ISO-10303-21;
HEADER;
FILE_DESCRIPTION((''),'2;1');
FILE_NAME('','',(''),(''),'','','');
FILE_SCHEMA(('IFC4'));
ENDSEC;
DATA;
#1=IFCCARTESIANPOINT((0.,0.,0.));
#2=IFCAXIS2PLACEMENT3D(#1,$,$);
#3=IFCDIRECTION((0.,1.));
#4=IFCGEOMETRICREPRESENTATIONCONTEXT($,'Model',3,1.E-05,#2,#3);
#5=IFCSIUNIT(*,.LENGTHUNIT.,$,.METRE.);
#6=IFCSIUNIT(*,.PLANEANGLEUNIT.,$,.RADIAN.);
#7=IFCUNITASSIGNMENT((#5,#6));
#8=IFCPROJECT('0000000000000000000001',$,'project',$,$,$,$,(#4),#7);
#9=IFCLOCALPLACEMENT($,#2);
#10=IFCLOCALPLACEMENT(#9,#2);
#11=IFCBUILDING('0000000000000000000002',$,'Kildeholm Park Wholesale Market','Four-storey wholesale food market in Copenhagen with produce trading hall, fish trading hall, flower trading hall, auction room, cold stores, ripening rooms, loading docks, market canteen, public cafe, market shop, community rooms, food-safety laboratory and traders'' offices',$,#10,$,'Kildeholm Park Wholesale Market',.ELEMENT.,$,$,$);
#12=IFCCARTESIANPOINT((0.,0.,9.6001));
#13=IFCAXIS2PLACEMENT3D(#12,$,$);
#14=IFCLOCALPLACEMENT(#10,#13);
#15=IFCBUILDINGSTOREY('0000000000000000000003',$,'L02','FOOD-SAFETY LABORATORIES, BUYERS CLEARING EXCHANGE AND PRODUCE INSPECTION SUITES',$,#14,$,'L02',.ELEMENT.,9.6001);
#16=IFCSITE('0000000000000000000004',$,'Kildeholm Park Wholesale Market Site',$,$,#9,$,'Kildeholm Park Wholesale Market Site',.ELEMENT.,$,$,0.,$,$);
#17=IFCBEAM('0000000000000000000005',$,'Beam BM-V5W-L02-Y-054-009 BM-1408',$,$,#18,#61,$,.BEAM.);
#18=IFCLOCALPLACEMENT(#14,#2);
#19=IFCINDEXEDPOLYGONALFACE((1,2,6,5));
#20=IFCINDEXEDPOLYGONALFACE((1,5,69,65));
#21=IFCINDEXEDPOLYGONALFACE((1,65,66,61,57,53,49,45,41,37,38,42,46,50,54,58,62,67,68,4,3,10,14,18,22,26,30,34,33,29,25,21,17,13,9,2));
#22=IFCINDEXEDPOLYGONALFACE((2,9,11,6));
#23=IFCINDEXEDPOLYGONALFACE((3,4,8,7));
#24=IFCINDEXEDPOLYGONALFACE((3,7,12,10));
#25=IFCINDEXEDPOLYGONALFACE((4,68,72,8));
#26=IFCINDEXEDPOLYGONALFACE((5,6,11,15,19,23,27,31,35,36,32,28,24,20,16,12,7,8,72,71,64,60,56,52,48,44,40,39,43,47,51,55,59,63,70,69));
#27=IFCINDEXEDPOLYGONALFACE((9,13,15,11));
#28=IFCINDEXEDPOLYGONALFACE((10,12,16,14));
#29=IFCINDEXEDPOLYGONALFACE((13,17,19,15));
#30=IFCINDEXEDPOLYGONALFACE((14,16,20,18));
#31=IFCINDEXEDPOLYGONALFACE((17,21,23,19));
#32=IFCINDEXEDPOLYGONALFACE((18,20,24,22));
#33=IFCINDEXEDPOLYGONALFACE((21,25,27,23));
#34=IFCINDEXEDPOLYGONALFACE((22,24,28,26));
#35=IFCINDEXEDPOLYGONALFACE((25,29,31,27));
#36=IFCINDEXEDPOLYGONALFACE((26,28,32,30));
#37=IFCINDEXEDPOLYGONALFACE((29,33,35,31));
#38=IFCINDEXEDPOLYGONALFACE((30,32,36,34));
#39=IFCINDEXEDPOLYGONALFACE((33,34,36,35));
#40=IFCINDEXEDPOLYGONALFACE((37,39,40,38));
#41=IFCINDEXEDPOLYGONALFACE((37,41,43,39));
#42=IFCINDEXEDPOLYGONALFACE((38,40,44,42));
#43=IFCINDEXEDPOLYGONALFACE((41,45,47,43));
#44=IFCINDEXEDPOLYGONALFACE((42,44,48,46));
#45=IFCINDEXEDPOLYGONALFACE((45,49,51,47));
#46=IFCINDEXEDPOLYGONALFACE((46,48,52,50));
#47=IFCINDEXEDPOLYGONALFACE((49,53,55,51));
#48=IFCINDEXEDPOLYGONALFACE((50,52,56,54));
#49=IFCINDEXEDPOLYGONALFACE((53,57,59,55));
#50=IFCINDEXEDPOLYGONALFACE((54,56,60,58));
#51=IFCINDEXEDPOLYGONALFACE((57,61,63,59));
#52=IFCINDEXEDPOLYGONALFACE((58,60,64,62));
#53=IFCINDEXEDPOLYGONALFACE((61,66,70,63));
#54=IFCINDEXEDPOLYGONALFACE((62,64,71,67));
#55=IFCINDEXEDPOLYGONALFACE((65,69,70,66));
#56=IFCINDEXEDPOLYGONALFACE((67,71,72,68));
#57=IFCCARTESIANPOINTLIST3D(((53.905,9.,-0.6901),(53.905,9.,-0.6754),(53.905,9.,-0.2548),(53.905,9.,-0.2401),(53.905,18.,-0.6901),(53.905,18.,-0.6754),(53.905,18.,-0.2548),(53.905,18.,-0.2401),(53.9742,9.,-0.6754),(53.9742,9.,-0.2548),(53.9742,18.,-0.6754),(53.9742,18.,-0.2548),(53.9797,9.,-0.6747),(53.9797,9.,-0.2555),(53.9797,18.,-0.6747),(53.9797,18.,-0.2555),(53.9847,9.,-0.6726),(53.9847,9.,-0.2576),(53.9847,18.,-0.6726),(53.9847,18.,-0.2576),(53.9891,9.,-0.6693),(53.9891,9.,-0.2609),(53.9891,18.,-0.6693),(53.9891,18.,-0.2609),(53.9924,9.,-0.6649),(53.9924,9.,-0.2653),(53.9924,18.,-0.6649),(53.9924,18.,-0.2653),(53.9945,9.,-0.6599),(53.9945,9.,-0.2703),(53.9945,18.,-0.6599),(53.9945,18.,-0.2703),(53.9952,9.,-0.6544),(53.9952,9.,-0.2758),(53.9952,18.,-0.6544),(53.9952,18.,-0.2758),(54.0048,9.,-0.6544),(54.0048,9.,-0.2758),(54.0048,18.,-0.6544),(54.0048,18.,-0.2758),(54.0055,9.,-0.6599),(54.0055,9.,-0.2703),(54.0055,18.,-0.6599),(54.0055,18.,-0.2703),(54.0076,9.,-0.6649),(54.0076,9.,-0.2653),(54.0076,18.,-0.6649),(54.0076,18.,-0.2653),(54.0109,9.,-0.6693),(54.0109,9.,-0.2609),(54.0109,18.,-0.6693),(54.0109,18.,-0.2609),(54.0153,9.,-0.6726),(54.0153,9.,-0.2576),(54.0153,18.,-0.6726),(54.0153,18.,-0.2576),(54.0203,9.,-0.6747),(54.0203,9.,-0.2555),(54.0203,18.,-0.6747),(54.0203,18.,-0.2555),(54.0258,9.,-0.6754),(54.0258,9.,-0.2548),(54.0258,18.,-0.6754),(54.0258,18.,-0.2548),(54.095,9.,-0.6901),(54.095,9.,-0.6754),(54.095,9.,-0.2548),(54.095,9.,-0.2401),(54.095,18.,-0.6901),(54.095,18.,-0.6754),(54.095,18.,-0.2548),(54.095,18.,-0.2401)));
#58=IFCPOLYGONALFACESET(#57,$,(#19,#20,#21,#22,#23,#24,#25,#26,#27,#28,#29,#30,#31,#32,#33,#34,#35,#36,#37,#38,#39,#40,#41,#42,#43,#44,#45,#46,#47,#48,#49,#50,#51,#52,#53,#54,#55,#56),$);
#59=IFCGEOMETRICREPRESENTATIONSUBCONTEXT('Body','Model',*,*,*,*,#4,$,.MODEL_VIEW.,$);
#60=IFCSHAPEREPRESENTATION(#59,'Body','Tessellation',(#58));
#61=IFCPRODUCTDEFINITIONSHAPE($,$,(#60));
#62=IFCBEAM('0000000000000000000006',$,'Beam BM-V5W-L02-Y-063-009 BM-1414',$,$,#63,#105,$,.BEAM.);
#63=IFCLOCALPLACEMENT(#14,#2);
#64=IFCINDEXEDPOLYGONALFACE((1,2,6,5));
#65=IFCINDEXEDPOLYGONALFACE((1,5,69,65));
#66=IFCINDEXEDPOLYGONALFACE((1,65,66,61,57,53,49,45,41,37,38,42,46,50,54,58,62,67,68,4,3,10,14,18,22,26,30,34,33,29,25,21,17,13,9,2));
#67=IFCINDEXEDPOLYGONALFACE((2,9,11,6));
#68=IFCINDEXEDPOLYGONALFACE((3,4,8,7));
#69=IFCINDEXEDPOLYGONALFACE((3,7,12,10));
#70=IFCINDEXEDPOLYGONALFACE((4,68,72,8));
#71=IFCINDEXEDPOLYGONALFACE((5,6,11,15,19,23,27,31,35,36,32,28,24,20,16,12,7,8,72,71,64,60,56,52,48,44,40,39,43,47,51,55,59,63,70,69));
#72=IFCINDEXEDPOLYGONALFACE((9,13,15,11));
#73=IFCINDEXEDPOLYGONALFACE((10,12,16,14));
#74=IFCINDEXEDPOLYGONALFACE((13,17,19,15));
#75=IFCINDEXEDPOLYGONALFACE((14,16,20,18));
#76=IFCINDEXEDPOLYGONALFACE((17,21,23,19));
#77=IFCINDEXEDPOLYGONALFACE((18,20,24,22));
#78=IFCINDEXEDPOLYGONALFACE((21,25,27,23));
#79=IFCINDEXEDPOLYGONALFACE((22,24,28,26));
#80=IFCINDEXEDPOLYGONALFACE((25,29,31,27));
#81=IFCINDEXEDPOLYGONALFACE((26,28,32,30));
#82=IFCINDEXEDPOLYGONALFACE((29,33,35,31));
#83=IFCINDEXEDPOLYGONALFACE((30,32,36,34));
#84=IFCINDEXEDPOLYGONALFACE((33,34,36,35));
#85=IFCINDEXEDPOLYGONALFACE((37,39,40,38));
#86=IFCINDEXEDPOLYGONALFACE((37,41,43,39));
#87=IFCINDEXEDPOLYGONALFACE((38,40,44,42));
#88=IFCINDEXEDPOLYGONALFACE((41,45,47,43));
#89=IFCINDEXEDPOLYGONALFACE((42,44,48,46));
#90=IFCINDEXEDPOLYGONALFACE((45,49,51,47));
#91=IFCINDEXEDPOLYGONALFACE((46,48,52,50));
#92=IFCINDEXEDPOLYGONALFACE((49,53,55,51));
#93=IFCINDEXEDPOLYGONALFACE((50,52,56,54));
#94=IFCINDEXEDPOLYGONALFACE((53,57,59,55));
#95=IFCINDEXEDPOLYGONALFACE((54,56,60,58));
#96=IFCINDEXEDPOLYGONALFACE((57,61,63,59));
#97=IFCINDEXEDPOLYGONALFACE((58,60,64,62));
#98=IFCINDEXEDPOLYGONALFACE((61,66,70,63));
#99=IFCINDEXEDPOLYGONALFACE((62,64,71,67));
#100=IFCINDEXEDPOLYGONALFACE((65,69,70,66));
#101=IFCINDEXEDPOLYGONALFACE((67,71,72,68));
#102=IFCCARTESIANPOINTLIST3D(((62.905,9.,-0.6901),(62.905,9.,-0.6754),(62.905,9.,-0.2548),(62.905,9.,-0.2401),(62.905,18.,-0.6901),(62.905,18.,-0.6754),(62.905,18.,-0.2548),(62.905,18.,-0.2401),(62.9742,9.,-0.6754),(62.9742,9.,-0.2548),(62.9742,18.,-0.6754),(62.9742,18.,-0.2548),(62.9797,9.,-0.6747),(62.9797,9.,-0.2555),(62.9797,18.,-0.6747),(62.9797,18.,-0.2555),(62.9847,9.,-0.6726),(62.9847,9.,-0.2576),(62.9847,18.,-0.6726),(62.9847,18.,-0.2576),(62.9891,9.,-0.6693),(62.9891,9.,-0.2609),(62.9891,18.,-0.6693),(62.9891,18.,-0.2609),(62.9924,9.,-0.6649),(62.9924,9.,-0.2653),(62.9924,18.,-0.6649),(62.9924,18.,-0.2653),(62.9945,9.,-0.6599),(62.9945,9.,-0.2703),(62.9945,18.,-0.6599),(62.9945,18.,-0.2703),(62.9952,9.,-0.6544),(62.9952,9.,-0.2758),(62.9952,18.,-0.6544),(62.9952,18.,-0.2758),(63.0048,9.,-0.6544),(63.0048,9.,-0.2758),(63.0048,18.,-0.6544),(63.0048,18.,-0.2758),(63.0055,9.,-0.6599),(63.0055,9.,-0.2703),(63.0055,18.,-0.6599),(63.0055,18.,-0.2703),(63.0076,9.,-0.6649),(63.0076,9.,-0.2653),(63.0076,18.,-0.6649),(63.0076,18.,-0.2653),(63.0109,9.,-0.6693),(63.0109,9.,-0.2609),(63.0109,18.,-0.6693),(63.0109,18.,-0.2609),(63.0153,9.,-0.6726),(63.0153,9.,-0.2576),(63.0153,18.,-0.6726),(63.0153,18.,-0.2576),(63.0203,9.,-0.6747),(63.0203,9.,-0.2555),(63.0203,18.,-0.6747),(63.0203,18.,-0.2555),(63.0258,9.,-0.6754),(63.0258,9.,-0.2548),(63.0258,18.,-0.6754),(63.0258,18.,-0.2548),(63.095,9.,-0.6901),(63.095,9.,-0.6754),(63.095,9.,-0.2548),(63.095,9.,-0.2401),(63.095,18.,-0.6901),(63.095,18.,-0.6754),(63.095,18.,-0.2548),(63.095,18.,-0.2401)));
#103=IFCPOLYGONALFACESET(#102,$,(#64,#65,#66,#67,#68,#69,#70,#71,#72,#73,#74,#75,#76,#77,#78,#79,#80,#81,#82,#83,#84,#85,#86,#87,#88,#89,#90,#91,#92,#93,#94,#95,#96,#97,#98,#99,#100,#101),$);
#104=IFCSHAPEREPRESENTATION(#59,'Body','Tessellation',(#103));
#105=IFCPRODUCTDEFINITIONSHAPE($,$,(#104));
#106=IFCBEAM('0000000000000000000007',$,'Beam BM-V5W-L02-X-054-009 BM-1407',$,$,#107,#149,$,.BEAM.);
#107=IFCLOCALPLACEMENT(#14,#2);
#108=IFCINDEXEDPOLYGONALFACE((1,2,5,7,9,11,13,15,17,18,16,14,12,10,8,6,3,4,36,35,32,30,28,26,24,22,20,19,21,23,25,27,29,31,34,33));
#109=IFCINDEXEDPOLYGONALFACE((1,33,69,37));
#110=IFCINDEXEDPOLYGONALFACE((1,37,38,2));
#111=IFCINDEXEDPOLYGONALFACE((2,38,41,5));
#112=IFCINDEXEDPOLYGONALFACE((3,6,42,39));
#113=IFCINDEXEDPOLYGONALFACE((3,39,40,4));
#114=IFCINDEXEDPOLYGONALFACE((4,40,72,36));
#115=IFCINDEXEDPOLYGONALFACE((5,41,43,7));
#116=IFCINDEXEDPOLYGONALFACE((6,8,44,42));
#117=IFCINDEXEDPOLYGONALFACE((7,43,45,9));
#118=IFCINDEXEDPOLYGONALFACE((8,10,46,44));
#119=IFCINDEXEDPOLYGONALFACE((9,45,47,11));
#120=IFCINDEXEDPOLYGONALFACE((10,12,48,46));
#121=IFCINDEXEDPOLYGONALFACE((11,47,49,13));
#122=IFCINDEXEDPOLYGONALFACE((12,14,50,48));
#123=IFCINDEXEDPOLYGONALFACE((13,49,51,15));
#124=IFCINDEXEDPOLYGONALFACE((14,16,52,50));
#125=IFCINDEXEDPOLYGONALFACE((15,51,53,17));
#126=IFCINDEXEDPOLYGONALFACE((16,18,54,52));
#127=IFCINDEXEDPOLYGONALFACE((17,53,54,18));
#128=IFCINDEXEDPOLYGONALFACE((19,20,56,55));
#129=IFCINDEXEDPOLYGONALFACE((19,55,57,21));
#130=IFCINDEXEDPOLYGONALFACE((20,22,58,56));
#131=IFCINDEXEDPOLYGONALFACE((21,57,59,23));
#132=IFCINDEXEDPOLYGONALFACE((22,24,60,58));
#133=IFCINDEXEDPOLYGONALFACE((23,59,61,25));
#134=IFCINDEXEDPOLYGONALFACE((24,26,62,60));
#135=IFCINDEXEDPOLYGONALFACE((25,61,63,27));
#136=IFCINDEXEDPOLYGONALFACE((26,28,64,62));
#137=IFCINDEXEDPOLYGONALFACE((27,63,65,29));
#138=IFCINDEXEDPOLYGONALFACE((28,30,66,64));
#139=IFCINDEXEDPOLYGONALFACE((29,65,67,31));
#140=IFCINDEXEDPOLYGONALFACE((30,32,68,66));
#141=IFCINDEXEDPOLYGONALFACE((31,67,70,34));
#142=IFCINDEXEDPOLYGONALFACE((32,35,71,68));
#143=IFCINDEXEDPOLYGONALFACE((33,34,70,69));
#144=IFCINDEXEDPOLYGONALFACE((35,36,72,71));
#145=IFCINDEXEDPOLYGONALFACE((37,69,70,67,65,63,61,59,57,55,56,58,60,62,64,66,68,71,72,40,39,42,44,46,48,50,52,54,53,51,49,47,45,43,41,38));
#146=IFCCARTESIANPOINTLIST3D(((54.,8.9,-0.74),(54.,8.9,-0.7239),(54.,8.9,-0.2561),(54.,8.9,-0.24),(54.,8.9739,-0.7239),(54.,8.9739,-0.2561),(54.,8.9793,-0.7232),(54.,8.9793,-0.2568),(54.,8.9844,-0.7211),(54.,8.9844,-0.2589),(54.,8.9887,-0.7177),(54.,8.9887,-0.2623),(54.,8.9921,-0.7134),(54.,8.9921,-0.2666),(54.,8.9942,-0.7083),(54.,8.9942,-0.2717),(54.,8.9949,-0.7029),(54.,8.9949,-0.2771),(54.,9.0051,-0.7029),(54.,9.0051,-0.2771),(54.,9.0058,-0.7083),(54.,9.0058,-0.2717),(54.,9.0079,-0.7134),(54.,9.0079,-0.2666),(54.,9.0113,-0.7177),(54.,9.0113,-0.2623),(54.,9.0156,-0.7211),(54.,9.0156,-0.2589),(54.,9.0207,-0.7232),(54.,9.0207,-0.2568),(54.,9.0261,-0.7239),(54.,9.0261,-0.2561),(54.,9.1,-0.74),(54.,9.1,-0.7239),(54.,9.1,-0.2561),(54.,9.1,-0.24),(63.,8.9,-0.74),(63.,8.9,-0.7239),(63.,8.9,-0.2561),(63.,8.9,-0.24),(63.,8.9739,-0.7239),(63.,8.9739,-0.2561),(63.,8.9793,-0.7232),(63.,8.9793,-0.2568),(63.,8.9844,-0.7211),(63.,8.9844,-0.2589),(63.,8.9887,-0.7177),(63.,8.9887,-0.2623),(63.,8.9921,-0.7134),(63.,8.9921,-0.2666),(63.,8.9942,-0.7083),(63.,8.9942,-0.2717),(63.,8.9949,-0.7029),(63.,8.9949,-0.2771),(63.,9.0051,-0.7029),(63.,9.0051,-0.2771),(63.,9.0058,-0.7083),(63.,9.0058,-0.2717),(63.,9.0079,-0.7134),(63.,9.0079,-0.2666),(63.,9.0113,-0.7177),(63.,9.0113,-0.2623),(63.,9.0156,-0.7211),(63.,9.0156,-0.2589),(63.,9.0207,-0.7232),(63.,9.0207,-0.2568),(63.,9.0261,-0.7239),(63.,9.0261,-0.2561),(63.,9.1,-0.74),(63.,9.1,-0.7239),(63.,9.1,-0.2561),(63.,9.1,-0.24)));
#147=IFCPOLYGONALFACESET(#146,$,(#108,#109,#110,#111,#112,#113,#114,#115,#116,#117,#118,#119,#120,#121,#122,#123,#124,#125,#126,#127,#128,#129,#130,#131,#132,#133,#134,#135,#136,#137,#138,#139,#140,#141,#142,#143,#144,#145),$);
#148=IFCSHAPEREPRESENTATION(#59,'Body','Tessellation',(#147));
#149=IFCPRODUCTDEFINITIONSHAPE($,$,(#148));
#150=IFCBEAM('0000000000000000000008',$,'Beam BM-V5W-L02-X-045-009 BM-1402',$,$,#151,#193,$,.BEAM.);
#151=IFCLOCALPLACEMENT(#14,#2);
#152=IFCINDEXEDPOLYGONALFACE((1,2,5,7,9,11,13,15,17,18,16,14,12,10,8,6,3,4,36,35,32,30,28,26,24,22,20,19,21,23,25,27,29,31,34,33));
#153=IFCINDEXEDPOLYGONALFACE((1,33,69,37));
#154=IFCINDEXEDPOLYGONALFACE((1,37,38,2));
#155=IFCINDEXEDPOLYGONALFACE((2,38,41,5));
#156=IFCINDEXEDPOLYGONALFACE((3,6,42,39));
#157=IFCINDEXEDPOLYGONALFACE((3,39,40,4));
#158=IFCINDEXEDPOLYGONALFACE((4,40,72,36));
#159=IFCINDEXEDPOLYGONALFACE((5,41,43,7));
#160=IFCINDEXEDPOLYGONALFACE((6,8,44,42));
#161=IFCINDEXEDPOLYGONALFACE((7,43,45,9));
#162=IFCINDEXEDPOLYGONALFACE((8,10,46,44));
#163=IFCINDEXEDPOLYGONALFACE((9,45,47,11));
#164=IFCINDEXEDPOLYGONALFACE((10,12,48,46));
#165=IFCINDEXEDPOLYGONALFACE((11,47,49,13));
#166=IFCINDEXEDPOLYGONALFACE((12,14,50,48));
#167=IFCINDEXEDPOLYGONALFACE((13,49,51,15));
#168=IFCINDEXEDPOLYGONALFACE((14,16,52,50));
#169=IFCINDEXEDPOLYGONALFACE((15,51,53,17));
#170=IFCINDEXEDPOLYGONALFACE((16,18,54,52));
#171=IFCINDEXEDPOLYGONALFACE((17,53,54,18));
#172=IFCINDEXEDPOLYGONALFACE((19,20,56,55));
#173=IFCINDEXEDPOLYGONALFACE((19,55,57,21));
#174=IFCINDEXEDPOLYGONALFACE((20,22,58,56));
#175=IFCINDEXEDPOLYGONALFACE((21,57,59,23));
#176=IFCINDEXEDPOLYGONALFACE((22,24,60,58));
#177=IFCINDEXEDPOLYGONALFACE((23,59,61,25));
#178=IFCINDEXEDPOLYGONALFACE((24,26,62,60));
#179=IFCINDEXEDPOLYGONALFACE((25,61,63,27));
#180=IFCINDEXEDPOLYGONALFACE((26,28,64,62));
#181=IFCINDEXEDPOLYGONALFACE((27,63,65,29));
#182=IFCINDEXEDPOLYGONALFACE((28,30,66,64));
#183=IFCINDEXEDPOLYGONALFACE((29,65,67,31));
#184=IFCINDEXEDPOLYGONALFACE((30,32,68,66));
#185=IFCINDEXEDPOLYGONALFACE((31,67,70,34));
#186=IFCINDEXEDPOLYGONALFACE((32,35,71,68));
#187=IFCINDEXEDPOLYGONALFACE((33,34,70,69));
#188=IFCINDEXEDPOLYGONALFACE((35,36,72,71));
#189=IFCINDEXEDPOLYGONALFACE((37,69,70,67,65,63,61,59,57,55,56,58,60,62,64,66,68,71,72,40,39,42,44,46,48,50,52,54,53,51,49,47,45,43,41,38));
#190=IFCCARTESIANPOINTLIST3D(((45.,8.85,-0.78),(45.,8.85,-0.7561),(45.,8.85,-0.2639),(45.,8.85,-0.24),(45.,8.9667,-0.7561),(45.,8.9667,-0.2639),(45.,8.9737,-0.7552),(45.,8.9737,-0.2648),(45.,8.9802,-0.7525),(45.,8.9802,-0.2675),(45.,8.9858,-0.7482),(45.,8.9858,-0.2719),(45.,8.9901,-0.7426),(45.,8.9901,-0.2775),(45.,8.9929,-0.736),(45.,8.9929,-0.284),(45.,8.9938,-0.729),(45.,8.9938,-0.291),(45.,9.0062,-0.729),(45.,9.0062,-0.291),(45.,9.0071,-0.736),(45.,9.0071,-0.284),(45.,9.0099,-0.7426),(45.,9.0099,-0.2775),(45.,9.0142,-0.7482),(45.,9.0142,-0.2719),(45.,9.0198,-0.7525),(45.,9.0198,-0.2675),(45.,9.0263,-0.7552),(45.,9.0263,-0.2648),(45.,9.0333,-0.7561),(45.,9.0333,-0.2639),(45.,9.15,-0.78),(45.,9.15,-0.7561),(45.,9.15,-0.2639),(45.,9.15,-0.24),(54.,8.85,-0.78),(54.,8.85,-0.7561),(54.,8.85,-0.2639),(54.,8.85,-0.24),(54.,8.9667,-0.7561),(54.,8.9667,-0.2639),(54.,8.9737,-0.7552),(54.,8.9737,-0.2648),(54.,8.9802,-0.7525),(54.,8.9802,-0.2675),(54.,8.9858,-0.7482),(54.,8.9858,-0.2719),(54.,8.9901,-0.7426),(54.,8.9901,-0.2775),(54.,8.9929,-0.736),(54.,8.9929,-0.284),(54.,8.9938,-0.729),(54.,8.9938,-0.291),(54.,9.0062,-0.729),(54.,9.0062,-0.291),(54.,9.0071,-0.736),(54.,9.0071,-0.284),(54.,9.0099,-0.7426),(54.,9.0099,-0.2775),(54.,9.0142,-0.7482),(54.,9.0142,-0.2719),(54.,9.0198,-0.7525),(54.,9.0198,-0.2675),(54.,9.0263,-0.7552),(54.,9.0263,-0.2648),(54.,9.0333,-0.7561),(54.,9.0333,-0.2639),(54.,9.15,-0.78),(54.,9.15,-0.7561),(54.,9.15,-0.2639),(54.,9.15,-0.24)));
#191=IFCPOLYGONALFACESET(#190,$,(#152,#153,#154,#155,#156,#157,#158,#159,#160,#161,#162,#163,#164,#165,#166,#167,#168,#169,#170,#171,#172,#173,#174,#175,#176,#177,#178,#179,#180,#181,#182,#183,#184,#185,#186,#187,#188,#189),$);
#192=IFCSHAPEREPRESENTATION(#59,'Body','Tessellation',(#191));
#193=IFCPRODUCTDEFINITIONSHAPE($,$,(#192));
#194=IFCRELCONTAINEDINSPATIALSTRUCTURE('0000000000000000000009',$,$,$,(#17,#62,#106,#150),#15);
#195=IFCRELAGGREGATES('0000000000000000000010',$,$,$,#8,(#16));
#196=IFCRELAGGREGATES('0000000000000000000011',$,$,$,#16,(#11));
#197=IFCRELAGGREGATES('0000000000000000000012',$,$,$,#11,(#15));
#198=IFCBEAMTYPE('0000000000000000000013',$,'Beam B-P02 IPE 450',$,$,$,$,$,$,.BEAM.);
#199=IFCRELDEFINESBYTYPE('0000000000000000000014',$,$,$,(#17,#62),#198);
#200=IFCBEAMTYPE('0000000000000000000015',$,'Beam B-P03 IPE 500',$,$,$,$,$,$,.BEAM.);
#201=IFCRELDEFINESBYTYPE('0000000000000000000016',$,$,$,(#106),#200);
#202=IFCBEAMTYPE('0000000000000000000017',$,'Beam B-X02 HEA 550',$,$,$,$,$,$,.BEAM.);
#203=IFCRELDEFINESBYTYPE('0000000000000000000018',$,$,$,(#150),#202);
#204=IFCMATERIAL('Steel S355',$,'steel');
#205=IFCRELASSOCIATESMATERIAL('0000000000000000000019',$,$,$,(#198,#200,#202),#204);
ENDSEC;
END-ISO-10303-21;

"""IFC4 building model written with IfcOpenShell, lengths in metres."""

from ifc_helpers import new_model, si_unit, direction, frame, origin, origin_2d, place, context, subcontext, project, spatial, i_section, extrude, material, material_profile, profile_set, type_object, element, save


model = new_model("IFC4")

# Units and contexts
model_context = context("Model", 3, precision=1e-05, world=origin(), true_north=direction((0.0, 1.0)))
body_context = subcontext(model_context, "Body", "Model", "MODEL_VIEW")
ifc_project = project(units=[si_unit("LENGTHUNIT", "METRE"), si_unit("PLANEANGLEUNIT", "RADIAN")], contexts=[model_context])

# Site, building, storey
site_placement = place(None, origin())
site = spatial("IfcSite", under=ifc_project, at=site_placement, Name="Kildeholm Park Wholesale Market Site", LongName="Kildeholm Park Wholesale Market Site", CompositionType="ELEMENT", RefElevation=0.0)
building_placement = place(site_placement, origin())
building = spatial("IfcBuilding", under=site, at=building_placement, Name="Kildeholm Park Wholesale Market", Description="Four-storey wholesale food market in Copenhagen with produce trading hall, fish trading hall, flower trading hall, auction room, cold stores, ripening rooms, loading docks, market canteen, public cafe, market shop, community rooms, food-safety laboratory and traders' offices", LongName="Kildeholm Park Wholesale Market", CompositionType="ELEMENT")
storey_placement = place(building_placement, frame((0.0, 0.0, 9.6001)))
storey = spatial("IfcBuildingStorey", under=building, at=storey_placement, Name="L02", Description="FOOD-SAFETY LABORATORIES, BUYERS CLEARING EXCHANGE AND PRODUCE INSPECTION SUITES", LongName="L02", CompositionType="ELEMENT", Elevation=9.6001)

# Shared definitions
ifc_material_1 = material(Name="Steel S355", Category="steel")

# Beams
ifc_material_profile_1 = material_profile(ifc_material_1, i_section(OverallWidth=0.1899, OverallDepth=0.45, WebThickness=0.0095, FlangeThickness=0.0146, FilletRadius=0.021, at=origin_2d()), Name="IPE 450")
ifc_profile_set_1 = profile_set([ifc_material_profile_1], Name="Steel S355")
beam_type_1 = type_object("IfcBeamType", Name="Beam B-P02 IPE 450", PredefinedType="BEAM", material=ifc_profile_set_1)
for number, where, z_axis, x_axis, name in (
    (1, (54.0, 9.0, -0.4651), (0.0, 1.0, 0.0), (-1.0, 0.0, 0.0), "Beam BM-V5W-L02-Y-054-009 BM-1408"),
    (2, (63.0, 9.0, -0.4651), (0.0, 1.0, 0.0), (-1.0, 0.0, 0.0), "Beam BM-V5W-L02-Y-063-009 BM-1414"),
):
    element("IfcBeam", number, at=place(storey_placement, frame(where, z_axis=z_axis, x_axis=x_axis)), inside=storey, type_object=beam_type_1, Name=name, PredefinedType="BEAM", context=body_context, shape_type="SweptSolid", body=[
        extrude(i_section(OverallWidth=0.1899, OverallDepth=0.45, WebThickness=0.0095, FlangeThickness=0.0146, FilletRadius=0.021, at=origin_2d()), origin(), (0.0, 0.0, 1.0), 9.0),
    ])
ifc_material_profile_2 = material_profile(ifc_material_1, i_section(OverallWidth=0.2, OverallDepth=0.5, WebThickness=0.0103, FlangeThickness=0.0161, FilletRadius=0.021, at=origin_2d()), Name="IPE 500")
ifc_profile_set_2 = profile_set([ifc_material_profile_2], Name="Steel S355")
beam_type_2 = type_object("IfcBeamType", Name="Beam B-P03 IPE 500", PredefinedType="BEAM", material=ifc_profile_set_2)
beam_1_placement = place(storey_placement, frame((54.0, 9.0, -0.49), z_axis=(1.0, 0.0, 0.0), x_axis=(0.0, 1.0, 0.0)))
element("IfcBeam", 3, at=beam_1_placement, inside=storey, type_object=beam_type_2, Name="Beam BM-V5W-L02-X-054-009 BM-1407", PredefinedType="BEAM", context=body_context, shape_type="SweptSolid", body=[
    extrude(i_section(OverallWidth=0.2, OverallDepth=0.5, WebThickness=0.0103, FlangeThickness=0.0161, FilletRadius=0.021, at=origin_2d()), origin(), (0.0, 0.0, 1.0), 9.0),
])
ifc_material_profile_3 = material_profile(ifc_material_1, i_section(OverallWidth=0.3, OverallDepth=0.54, WebThickness=0.0125, FlangeThickness=0.0239, FilletRadius=0.0271, at=origin_2d()), Name="HEA 550")
ifc_profile_set_3 = profile_set([ifc_material_profile_3], Name="Steel S355")
beam_type_3 = type_object("IfcBeamType", Name="Beam B-X02 HEA 550", PredefinedType="BEAM", material=ifc_profile_set_3)
beam_2_placement = place(storey_placement, frame((45.0, 9.0, -0.51), z_axis=(1.0, 0.0, 0.0), x_axis=(0.0, 1.0, 0.0)))
element("IfcBeam", 4, at=beam_2_placement, inside=storey, type_object=beam_type_3, Name="Beam BM-V5W-L02-X-045-009 BM-1402", PredefinedType="BEAM", context=body_context, shape_type="SweptSolid", body=[
    extrude(i_section(OverallWidth=0.3, OverallDepth=0.54, WebThickness=0.0125, FlangeThickness=0.0239, FilletRadius=0.0271, at=origin_2d()), origin(), (0.0, 0.0, 1.0), 9.0),
])

save(model, "model.ifc")
